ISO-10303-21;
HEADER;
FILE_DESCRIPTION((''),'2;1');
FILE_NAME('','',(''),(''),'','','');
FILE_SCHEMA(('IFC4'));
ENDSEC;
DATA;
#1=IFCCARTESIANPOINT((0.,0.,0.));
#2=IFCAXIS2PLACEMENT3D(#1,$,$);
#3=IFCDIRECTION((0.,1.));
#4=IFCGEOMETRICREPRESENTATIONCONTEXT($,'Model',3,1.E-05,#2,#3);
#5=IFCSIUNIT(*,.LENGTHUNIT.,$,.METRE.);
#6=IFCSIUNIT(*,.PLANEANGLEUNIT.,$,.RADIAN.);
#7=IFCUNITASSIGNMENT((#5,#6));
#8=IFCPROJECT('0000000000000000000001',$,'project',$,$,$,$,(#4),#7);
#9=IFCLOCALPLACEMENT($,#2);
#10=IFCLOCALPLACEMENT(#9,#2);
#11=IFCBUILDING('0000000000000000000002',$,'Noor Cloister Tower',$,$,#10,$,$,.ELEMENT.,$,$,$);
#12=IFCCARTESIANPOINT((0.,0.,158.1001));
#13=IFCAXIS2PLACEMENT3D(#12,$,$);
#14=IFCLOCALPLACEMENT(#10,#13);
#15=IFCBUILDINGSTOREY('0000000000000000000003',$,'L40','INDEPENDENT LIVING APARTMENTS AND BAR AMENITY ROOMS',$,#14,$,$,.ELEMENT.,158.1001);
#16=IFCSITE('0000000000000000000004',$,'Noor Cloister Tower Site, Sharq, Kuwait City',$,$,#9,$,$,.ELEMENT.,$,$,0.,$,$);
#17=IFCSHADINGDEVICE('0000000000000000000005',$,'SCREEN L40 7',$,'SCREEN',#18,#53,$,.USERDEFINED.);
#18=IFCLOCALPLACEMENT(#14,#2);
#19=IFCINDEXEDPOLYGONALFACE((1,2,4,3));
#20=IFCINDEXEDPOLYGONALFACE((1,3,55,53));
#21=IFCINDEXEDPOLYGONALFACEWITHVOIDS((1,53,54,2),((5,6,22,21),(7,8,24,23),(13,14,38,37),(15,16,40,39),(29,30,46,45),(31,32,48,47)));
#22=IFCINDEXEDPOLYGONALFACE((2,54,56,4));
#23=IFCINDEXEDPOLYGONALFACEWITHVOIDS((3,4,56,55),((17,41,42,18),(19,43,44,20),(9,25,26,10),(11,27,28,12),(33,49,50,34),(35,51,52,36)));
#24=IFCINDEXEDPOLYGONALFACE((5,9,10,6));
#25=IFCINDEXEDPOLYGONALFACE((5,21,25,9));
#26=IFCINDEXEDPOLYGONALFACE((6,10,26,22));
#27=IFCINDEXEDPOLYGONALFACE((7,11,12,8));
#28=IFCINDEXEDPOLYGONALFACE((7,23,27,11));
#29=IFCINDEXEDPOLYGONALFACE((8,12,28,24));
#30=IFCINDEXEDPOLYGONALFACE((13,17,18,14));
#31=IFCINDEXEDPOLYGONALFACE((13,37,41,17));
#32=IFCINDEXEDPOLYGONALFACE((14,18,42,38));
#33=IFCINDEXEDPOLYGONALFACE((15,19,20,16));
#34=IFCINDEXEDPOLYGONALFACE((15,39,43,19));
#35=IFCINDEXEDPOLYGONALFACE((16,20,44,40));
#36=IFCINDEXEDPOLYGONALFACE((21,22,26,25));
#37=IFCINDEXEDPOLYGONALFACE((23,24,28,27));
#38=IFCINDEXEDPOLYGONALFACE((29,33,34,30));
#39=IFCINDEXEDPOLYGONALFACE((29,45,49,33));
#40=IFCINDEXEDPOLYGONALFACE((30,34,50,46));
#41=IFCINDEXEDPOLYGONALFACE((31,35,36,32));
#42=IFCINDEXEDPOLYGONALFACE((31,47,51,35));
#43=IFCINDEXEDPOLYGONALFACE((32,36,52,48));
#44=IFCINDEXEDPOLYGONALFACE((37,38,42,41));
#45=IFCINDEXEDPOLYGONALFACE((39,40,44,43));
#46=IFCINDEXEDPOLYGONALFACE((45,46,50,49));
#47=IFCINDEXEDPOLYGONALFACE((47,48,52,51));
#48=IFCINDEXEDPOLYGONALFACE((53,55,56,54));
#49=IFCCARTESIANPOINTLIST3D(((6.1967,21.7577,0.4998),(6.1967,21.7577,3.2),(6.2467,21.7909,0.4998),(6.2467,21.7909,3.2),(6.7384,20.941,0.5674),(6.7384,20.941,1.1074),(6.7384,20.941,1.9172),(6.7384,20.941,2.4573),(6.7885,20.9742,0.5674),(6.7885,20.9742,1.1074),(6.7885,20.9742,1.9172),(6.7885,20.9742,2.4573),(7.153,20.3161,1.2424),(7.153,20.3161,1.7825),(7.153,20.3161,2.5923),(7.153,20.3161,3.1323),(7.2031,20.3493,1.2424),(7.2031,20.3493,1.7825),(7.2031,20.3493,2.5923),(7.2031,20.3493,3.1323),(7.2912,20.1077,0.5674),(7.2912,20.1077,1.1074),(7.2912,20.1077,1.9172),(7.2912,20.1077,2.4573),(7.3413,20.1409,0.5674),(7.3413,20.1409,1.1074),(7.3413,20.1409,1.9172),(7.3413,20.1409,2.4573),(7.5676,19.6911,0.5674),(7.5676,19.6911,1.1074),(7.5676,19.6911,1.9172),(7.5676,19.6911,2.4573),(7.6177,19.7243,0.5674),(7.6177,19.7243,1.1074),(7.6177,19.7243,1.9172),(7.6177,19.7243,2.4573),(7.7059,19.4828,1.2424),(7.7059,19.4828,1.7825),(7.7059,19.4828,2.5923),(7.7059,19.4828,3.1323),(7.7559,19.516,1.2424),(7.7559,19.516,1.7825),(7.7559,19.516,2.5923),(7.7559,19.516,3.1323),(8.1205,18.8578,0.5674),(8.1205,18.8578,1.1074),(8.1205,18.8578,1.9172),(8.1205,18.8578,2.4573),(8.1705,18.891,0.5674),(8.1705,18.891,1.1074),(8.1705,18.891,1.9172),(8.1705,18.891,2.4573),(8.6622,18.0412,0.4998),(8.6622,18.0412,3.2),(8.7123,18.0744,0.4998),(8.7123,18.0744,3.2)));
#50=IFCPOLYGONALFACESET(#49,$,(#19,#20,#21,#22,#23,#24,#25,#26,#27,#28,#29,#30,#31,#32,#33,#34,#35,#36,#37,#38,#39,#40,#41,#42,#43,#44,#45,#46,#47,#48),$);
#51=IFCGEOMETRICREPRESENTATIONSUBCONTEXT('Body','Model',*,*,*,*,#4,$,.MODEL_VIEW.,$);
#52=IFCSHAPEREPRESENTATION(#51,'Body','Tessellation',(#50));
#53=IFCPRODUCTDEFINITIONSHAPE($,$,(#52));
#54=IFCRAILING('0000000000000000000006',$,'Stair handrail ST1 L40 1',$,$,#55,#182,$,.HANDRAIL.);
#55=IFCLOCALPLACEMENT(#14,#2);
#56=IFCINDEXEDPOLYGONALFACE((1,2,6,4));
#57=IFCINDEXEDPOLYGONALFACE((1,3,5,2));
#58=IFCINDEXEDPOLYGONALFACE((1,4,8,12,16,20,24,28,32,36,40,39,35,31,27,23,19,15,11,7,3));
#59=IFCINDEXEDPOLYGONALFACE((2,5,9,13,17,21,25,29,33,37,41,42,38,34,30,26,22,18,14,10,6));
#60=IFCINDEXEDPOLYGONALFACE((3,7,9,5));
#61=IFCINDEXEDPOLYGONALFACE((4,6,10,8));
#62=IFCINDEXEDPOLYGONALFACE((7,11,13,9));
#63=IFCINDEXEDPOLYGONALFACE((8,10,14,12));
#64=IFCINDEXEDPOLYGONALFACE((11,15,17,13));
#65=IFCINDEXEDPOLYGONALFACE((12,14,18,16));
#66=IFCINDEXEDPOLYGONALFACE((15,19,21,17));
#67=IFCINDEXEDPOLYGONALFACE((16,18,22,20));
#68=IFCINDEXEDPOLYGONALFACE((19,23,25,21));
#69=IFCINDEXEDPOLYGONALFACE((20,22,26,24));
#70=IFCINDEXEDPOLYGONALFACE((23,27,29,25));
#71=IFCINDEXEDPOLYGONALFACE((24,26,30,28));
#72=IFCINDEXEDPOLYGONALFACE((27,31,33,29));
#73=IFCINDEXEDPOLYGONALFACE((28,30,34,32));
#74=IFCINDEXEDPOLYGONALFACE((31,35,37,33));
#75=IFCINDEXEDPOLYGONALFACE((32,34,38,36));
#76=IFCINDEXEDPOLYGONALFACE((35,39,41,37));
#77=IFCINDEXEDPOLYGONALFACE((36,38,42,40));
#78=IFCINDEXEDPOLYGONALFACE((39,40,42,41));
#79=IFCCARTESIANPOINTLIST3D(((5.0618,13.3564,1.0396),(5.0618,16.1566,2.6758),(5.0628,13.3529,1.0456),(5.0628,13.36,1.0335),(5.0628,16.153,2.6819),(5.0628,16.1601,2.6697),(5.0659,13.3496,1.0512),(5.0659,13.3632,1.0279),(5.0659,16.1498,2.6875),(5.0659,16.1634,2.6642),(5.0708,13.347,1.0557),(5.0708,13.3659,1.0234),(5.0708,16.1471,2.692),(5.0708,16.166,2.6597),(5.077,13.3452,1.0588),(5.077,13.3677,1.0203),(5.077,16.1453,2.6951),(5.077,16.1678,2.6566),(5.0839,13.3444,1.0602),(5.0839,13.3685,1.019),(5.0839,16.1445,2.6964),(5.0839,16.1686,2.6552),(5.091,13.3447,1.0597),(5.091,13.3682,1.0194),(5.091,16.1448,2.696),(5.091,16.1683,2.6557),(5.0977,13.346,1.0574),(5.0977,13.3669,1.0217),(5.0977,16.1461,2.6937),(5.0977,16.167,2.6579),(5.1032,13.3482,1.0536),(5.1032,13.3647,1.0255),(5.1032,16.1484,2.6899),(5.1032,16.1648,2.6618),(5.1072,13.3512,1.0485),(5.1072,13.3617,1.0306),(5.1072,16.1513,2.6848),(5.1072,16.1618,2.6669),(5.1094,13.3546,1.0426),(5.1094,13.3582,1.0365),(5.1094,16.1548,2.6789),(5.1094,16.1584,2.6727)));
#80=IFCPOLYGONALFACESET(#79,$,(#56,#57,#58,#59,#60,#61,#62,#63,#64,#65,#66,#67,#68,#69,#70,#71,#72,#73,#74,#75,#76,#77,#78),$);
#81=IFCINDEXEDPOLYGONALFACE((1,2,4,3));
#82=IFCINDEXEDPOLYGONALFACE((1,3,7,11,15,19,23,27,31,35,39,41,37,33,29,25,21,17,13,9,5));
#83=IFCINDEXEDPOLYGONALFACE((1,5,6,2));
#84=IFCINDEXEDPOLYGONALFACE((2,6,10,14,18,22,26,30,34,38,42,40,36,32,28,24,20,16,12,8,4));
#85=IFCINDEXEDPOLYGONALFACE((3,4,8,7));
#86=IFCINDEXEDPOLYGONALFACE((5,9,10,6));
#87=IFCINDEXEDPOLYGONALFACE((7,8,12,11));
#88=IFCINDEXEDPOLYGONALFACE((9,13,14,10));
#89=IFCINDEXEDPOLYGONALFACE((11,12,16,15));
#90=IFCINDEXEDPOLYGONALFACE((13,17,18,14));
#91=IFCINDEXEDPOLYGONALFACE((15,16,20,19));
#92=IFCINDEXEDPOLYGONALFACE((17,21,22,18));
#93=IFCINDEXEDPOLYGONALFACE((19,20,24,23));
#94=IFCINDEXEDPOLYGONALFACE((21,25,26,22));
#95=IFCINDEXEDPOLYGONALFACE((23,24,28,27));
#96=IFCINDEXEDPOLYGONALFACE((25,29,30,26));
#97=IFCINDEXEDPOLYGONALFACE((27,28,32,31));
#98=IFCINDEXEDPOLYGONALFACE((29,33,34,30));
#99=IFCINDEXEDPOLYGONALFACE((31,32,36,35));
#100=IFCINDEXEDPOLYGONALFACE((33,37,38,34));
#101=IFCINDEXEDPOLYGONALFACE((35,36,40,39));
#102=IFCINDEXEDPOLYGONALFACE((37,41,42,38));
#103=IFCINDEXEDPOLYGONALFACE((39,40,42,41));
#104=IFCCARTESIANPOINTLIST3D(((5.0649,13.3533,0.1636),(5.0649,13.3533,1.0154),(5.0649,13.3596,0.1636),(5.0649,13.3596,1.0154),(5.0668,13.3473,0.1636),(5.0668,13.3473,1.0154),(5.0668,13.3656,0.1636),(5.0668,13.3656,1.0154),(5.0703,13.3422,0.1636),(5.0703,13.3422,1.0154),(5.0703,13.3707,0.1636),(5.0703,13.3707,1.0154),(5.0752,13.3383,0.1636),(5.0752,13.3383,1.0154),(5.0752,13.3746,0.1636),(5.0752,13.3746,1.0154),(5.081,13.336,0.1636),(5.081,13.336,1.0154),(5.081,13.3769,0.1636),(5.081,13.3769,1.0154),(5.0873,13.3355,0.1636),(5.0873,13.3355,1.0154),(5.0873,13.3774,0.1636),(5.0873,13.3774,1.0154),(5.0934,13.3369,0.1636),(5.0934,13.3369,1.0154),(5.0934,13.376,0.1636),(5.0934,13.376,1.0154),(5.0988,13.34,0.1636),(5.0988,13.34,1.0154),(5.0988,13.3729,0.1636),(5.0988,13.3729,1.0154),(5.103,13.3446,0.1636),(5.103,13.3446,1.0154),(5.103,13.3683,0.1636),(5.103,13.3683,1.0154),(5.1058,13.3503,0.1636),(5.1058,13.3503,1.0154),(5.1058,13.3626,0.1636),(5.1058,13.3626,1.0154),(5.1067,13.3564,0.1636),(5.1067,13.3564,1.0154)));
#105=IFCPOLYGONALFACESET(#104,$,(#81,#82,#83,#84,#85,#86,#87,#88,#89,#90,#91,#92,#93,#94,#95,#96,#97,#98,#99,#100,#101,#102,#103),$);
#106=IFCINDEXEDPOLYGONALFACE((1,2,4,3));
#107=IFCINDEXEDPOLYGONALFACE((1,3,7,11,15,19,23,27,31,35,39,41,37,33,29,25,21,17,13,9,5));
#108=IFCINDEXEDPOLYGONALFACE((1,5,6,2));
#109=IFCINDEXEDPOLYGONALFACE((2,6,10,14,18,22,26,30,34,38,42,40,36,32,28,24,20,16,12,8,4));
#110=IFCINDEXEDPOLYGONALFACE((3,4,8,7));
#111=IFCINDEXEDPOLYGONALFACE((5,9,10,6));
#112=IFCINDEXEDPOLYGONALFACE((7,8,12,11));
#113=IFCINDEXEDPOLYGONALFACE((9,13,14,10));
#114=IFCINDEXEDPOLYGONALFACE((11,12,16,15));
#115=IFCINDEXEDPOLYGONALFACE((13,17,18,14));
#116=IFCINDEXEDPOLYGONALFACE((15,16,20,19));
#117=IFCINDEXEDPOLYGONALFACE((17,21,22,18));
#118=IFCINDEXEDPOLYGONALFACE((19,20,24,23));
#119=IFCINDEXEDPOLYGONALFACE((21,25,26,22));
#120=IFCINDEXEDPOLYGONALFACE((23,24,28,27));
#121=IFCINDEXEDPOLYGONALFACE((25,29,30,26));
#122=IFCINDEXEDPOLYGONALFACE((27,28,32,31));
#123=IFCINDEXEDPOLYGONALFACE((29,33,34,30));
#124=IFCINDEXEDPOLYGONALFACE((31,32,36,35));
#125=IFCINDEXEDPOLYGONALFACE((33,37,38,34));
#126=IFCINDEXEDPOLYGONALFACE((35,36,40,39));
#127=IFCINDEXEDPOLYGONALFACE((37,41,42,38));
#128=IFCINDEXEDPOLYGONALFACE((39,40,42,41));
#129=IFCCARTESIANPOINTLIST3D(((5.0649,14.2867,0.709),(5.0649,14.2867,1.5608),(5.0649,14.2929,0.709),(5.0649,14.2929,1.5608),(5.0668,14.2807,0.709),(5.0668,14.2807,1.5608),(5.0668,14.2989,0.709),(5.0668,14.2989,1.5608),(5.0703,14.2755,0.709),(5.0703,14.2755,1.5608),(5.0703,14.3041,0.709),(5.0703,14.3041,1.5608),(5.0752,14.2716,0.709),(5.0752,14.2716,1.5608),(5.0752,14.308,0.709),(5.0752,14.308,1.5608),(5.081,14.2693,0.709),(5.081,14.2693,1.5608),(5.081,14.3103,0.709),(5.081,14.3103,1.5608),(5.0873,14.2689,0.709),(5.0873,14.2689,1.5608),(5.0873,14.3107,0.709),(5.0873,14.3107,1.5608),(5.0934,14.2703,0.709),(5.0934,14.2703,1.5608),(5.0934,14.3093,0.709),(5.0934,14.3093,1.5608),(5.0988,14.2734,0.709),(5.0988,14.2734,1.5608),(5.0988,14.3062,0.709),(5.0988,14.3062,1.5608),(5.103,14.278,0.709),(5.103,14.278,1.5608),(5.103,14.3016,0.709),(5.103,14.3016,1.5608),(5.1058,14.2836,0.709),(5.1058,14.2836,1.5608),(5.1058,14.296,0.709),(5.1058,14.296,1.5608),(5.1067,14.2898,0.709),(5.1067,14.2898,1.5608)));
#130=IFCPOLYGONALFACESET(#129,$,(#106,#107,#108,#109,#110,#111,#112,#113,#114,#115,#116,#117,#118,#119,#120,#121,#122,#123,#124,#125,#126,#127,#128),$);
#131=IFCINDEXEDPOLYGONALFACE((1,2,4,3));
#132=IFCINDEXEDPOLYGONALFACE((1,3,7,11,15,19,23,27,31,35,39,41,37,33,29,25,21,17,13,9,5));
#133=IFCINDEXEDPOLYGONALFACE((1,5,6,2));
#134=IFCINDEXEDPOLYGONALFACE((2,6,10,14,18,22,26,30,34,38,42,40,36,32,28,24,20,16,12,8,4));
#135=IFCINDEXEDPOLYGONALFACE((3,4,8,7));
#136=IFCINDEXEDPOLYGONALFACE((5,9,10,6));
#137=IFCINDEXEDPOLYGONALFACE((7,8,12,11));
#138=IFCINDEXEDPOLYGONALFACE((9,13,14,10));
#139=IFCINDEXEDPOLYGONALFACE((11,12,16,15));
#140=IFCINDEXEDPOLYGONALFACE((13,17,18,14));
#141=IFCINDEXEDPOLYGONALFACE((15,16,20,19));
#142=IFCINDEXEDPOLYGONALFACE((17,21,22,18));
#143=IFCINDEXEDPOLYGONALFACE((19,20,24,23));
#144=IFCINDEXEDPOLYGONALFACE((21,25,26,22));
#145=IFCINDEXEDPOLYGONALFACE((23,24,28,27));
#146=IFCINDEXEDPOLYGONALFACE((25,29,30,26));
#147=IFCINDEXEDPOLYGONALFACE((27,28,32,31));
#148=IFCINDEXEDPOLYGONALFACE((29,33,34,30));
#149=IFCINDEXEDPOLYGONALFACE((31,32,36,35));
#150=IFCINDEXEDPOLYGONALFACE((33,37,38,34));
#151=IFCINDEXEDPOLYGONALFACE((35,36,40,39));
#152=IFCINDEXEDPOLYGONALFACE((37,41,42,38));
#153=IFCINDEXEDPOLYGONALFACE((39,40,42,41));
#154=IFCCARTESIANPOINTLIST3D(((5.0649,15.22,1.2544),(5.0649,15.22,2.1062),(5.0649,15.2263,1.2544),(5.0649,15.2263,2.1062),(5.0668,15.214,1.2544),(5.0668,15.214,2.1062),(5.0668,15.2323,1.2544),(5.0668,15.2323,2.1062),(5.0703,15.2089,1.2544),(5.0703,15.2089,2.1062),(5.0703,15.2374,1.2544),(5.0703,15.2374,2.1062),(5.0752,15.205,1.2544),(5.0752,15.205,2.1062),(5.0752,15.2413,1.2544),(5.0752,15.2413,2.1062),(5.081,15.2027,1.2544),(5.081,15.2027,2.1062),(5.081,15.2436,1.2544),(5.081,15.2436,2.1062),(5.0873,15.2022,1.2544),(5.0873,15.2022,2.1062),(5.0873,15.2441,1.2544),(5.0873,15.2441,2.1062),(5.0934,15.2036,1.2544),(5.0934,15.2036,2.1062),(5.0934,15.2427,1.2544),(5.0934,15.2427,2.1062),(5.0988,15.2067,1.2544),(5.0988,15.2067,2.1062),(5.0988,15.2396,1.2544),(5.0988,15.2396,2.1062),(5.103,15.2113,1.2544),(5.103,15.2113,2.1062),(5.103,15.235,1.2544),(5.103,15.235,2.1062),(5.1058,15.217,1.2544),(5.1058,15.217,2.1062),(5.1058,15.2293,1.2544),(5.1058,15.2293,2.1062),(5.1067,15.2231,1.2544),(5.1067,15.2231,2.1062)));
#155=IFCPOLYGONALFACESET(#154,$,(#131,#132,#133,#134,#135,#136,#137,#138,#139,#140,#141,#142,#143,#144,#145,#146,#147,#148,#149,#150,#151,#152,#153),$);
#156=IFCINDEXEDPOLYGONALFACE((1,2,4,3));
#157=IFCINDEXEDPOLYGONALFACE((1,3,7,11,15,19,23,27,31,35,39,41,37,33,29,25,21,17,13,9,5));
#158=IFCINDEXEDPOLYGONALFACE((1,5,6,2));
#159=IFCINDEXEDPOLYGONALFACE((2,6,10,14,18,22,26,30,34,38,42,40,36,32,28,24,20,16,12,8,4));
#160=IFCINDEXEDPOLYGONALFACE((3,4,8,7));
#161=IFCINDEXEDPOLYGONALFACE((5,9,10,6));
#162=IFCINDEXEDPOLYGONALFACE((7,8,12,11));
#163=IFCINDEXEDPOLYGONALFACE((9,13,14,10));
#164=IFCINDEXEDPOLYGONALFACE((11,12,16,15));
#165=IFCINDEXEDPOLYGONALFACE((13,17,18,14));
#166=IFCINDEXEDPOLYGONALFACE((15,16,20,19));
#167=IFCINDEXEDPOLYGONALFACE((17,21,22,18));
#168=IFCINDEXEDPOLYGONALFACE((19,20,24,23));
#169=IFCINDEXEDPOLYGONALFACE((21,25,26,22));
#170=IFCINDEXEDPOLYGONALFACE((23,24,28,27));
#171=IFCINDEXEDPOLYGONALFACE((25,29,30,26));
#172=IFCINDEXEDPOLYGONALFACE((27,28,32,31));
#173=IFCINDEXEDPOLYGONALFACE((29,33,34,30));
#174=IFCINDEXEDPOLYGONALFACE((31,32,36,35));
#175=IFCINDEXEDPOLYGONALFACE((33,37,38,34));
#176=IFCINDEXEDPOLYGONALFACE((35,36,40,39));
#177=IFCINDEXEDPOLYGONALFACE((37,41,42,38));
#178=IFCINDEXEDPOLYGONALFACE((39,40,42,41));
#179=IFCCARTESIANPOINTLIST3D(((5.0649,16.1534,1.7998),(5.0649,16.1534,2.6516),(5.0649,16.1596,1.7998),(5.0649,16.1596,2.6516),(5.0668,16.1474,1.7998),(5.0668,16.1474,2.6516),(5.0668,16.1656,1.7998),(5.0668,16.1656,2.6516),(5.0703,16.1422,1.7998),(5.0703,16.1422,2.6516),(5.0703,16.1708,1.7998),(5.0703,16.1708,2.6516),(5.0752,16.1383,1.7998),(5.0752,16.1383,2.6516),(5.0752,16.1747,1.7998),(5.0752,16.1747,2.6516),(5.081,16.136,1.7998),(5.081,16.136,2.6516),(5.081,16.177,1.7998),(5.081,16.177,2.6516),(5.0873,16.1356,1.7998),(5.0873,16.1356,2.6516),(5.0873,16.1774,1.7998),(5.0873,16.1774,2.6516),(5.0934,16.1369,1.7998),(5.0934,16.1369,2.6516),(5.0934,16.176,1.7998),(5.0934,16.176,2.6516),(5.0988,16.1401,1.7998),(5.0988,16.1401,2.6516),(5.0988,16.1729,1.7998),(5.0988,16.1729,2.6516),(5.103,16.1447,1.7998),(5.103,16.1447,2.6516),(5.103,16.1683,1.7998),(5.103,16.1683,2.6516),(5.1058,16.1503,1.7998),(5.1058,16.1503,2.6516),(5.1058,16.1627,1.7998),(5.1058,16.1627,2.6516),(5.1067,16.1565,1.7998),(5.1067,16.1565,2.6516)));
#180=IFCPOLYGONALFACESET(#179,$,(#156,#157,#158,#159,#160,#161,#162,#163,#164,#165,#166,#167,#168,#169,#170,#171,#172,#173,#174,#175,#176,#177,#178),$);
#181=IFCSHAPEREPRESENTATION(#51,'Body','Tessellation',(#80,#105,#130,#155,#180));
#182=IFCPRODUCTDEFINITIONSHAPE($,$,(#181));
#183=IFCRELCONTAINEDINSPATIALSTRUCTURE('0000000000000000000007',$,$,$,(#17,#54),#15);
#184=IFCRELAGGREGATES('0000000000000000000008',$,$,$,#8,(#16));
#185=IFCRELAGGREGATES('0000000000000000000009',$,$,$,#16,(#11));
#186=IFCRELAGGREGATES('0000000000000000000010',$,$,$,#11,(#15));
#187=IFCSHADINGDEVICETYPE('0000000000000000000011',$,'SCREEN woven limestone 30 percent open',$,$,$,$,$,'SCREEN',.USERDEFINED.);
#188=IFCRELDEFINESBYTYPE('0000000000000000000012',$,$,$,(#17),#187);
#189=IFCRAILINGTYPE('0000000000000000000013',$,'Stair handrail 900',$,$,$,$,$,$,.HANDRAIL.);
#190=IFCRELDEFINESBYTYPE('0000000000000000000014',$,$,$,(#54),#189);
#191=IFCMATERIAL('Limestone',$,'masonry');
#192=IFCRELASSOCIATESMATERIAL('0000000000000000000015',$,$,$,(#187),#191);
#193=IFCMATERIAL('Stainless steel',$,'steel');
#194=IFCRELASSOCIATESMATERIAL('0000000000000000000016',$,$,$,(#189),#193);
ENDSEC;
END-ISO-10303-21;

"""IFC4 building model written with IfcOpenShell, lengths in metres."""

from ifc_helpers import new_model, si_unit, direction, frame, origin, origin_2d, place, context, subcontext, project, spatial, polyline, circle, outline, extrude, material, material_profile, profile_set, type_object, element, save


model = new_model("IFC4")

# Units and contexts
model_context = context("Model", 3, precision=1e-05, world=origin(), true_north=direction((0.0, 1.0)))
body_context = subcontext(model_context, "Body", "Model", "MODEL_VIEW")
ifc_project = project(units=[si_unit("LENGTHUNIT", "METRE"), si_unit("PLANEANGLEUNIT", "RADIAN")], contexts=[model_context])

# Site, building, storey
site_placement = place(None, origin())
site = spatial("IfcSite", under=ifc_project, at=site_placement, Name="Noor Cloister Tower Site, Sharq, Kuwait City", CompositionType="ELEMENT", RefElevation=0.0)
building_placement = place(site_placement, origin())
building = spatial("IfcBuilding", under=site, at=building_placement, Name="Noor Cloister Tower", CompositionType="ELEMENT")
storey_placement = place(building_placement, frame((0.0, 0.0, 158.1001)))
storey = spatial("IfcBuildingStorey", under=building, at=storey_placement, Name="L40", Description="INDEPENDENT LIVING APARTMENTS AND BAR AMENITY ROOMS", CompositionType="ELEMENT", Elevation=158.1001)

# Shading device
ifc_material_1 = material(Name="Limestone", Category="masonry")
ifc_material_profile_1 = material_profile(ifc_material_1, outline(polyline([(-2.23, -1.3501), (2.23, -1.3501), (2.23, 1.3501), (-2.23, 1.3501), (-2.23, -1.3501)]), holes=[polyline([(-1.25, -1.2825), (-0.25, -1.2825), (-0.25, -0.7424), (-1.25, -0.7424), (-1.25, -1.2825)]), polyline([(0.25, -1.2825), (1.25, -1.2825), (1.25, -0.7424), (0.25, -0.7424), (0.25, -1.2825)]), polyline([(-0.5, -0.6074), (0.5, -0.6074), (0.5, -0.0674), (-0.5, -0.0674), (-0.5, -0.6074)]), polyline([(-1.25, 0.0674), (-0.25, 0.0674), (-0.25, 0.6074), (-1.25, 0.6074), (-1.25, 0.0674)]), polyline([(0.25, 0.0674), (1.25, 0.0674), (1.25, 0.6074), (0.25, 0.6074), (0.25, 0.0674)]), polyline([(-0.5, 0.7424), (0.5, 0.7424), (0.5, 1.2825), (-0.5, 1.2825), (-0.5, 0.7424)])]), Name="Woven screen 30 percent open")
ifc_profile_set_1 = profile_set([ifc_material_profile_1], Name="Limestone")
shading_device_type = type_object("IfcShadingDeviceType", Name="SCREEN woven limestone 30 percent open", ElementType="SCREEN", PredefinedType="USERDEFINED", material=ifc_profile_set_1)
for number, where, z_axis, x_axis, name in (
    (1, (7.4294, 19.8994, 1.8499), (0.833299, 0.552823, 0.0), (-0.552823, 0.833299, 0.0), "SCREEN L40 7"),
):
    element("IfcShadingDevice", number, at=place(storey_placement, frame(where, z_axis=z_axis, x_axis=x_axis)), inside=storey, type_object=shading_device_type, Name=name, ObjectType="SCREEN", PredefinedType="USERDEFINED", context=body_context, shape_type="SweptSolid", body=[
        extrude(outline(polyline([(-2.23, -1.3501), (2.23, -1.3501), (2.23, 1.3501), (-2.23, 1.3501), (-2.23, -1.3501)]), holes=[polyline([(-1.25, -1.2825), (-0.25, -1.2825), (-0.25, -0.7424), (-1.25, -0.7424), (-1.25, -1.2825)]), polyline([(0.25, -1.2825), (1.25, -1.2825), (1.25, -0.7424), (0.25, -0.7424), (0.25, -1.2825)]), polyline([(-0.5, -0.6074), (0.5, -0.6074), (0.5, -0.0674), (-0.5, -0.0674), (-0.5, -0.6074)]), polyline([(-1.25, 0.0674), (-0.25, 0.0674), (-0.25, 0.6074), (-1.25, 0.6074), (-1.25, 0.0674)]), polyline([(0.25, 0.0674), (1.25, 0.0674), (1.25, 0.6074), (0.25, 0.6074), (0.25, 0.0674)]), polyline([(-0.5, 0.7424), (0.5, 0.7424), (0.5, 1.2825), (-0.5, 1.2825), (-0.5, 0.7424)])]), origin(), (0.0, 0.0, 1.0), 0.0601),
    ])

# Railing
ifc_material_2 = material(Name="Stainless steel", Category="steel")
railing_type_1 = type_object("IfcRailingType", Name="Stair handrail 900", PredefinedType="HANDRAIL", material=ifc_material_2)
railing_1_placement = place(storey_placement, frame((5.0857, 13.3564, 0.1636)))
element("IfcRailing", 2, at=railing_1_placement, inside=storey, type_object=railing_type_1, Name="Stair handrail ST1 L40 1", PredefinedType="HANDRAIL", context=body_context, shape_type="SweptSolid", body=[
    extrude(circle(Radius=0.0239, at=origin_2d()), frame((0.0, 0.0, 0.876), z_axis=(0.0, 0.863394, 0.504531), x_axis=(-1.0, 0.0, 0.0)), (0.0, 0.0, 1.0), 3.2432),
    extrude(circle(Radius=0.021, at=origin_2d()), origin(), (0.0, 0.0, 1.0), 0.8518),
    extrude(circle(Radius=0.021, at=origin_2d()), frame((0.0, 0.9333, 0.5454)), (0.0, 0.0, 1.0), 0.8518),
    extrude(circle(Radius=0.021, at=origin_2d()), frame((0.0, 1.8667, 1.0908)), (0.0, 0.0, 1.0), 0.8518),
    extrude(circle(Radius=0.021, at=origin_2d()), frame((0.0, 2.8, 1.6362)), (0.0, 0.0, 1.0), 0.8518),
])

save(model, "model.ifc")
